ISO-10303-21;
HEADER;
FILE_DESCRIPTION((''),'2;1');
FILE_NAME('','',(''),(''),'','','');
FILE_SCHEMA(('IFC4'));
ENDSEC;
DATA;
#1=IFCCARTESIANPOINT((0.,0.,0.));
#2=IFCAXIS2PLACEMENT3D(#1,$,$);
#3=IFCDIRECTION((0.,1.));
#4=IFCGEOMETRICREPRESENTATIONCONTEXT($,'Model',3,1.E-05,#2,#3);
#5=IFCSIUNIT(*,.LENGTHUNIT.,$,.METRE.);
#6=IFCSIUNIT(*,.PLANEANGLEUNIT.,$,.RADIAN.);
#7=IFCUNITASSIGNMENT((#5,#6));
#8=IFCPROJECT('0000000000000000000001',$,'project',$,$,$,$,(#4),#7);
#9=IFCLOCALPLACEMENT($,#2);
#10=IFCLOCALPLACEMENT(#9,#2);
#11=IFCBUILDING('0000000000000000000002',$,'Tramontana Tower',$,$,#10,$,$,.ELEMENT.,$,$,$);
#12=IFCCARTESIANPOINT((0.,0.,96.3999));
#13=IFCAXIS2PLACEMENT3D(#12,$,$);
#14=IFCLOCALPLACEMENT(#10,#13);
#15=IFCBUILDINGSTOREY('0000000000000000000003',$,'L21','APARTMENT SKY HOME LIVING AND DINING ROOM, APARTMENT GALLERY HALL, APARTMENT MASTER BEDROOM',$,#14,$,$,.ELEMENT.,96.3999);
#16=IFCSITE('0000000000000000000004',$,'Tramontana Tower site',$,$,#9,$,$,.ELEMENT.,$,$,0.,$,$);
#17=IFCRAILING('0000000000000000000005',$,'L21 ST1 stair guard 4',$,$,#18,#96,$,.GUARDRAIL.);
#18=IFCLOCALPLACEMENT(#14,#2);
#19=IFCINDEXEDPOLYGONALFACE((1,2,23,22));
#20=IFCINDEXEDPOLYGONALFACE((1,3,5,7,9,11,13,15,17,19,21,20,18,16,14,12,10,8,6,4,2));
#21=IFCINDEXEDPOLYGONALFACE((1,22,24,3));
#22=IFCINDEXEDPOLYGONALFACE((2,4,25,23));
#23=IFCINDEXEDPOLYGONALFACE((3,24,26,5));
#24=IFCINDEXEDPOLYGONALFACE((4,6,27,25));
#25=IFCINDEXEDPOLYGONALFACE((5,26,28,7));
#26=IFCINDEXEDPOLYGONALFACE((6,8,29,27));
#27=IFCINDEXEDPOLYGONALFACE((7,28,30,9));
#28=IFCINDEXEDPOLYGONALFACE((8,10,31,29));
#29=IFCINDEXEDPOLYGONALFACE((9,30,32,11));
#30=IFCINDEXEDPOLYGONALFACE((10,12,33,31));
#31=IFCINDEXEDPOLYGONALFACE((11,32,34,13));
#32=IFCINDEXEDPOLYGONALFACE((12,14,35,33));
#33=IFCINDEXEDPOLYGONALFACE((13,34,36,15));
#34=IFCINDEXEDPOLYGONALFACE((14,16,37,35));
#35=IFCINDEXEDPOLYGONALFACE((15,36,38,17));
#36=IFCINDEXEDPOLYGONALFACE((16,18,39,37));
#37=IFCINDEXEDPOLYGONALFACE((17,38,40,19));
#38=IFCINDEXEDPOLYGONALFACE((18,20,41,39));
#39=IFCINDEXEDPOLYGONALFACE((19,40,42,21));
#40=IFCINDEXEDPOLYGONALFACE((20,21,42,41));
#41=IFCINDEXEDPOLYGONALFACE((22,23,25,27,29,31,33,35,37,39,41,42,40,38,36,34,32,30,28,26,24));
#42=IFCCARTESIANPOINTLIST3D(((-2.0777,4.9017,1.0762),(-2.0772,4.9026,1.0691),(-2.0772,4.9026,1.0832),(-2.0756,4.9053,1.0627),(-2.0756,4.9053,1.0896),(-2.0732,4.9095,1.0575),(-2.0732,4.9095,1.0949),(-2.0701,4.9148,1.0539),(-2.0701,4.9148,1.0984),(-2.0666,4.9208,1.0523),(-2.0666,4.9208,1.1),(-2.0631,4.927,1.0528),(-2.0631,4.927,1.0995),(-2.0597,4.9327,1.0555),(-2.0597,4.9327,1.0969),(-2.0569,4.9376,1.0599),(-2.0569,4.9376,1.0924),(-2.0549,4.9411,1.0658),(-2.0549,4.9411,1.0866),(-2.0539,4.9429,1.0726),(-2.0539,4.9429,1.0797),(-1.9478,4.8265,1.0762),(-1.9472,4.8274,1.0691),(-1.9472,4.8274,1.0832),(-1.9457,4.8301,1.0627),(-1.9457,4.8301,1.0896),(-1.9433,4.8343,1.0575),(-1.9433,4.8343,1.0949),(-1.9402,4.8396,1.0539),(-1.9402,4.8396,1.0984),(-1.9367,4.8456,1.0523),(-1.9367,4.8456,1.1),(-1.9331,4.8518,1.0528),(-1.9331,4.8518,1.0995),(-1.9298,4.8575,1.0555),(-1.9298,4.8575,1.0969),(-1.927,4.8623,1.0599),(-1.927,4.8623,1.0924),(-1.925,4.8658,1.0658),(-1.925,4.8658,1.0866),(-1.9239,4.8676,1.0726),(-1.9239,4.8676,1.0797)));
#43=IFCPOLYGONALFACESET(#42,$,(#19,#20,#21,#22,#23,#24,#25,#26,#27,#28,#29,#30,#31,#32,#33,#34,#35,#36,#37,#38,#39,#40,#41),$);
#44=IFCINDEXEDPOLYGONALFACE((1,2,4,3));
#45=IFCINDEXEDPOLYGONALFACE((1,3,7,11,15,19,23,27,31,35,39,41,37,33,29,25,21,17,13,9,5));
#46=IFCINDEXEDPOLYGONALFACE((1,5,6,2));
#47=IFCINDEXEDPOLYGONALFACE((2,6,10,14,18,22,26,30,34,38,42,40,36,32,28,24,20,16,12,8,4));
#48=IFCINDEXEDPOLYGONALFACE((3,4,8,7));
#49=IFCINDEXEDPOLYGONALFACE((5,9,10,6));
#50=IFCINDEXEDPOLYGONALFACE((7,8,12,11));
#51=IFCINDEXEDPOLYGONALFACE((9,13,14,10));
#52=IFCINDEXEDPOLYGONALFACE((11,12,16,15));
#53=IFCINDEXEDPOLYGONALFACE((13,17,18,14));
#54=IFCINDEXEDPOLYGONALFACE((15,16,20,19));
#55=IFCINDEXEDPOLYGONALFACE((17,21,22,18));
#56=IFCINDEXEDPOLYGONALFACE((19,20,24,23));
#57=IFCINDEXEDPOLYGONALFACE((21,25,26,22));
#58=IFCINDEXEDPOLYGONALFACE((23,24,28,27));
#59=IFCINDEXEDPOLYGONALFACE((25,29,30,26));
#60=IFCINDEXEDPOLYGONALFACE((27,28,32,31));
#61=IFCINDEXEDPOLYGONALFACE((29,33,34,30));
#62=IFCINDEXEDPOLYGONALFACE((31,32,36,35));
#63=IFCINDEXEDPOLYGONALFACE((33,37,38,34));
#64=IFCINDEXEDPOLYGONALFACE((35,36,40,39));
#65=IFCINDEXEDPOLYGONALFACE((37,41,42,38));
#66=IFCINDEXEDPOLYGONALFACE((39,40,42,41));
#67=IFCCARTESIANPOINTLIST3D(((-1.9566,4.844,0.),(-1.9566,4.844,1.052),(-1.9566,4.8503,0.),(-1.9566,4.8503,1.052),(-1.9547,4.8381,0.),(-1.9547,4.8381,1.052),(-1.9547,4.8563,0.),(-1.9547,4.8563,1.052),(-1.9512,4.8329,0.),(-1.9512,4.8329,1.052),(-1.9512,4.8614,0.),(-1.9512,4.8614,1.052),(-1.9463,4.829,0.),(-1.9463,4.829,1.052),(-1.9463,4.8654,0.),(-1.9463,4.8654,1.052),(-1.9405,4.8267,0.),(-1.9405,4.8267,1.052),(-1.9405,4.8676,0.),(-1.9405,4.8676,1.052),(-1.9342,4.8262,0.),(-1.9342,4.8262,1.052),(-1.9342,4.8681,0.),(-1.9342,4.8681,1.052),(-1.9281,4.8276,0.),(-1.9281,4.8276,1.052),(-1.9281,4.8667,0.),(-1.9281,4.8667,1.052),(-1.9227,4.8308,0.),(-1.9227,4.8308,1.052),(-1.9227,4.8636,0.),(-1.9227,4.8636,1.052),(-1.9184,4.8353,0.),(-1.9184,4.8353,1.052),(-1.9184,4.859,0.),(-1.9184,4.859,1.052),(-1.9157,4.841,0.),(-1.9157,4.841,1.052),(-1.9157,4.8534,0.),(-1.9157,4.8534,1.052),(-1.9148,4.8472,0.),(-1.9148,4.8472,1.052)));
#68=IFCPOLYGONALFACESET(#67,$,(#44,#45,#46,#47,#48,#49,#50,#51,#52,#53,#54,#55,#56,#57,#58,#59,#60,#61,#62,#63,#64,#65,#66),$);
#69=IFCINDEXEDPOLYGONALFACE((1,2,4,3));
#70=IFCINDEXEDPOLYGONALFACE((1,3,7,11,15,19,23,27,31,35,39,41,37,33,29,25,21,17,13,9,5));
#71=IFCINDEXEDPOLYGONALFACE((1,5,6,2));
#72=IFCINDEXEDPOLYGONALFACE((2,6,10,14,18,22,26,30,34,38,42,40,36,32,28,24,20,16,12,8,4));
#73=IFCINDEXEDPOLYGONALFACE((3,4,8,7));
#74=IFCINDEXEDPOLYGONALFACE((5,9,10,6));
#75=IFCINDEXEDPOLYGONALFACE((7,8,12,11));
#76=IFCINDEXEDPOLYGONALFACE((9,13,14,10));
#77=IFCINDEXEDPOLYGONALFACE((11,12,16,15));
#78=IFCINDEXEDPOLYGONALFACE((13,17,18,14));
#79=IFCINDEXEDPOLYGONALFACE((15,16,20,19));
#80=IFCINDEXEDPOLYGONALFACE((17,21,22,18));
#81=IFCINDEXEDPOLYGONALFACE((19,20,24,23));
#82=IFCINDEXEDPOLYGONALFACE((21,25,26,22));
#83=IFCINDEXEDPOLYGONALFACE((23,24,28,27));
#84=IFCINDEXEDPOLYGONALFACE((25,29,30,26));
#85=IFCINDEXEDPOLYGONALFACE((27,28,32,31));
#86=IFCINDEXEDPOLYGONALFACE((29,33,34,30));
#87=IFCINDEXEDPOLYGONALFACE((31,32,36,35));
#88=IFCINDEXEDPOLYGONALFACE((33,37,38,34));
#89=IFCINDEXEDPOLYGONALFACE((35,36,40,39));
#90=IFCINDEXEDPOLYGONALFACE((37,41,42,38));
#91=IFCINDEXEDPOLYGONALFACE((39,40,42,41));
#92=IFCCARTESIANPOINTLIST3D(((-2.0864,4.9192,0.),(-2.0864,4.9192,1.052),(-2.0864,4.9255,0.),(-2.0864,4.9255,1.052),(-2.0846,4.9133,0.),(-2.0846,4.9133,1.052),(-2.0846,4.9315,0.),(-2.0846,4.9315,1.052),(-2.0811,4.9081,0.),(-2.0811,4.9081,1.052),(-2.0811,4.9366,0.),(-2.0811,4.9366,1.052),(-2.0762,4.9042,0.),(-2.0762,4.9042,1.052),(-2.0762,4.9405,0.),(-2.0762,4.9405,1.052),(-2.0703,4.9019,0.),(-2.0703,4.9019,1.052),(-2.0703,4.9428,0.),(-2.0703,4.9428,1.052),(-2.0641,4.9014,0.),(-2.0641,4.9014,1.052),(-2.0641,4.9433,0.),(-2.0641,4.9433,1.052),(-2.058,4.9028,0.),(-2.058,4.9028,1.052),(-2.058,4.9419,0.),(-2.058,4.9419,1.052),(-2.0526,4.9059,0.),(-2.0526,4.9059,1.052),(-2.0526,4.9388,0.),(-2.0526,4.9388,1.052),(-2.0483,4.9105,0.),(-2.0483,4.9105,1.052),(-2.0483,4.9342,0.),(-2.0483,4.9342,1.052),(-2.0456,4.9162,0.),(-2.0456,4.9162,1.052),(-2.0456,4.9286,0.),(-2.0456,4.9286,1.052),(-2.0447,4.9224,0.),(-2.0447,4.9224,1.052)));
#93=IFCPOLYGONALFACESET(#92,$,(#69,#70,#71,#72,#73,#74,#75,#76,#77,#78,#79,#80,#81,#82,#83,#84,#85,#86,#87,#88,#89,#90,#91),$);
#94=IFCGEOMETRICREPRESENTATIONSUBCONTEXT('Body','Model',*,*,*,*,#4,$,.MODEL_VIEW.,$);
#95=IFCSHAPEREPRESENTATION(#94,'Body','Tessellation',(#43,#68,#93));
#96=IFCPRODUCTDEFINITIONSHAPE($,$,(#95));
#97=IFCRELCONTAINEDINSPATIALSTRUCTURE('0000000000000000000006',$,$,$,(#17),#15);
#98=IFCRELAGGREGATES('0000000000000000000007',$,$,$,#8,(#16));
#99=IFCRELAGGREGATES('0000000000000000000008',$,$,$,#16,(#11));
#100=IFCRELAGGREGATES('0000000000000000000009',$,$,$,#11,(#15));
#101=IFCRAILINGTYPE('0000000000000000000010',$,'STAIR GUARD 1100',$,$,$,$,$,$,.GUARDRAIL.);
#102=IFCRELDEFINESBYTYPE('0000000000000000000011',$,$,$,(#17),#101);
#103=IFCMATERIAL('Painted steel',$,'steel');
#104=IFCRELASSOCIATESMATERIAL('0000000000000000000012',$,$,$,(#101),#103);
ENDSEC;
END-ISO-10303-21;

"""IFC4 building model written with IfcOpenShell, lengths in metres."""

from ifc_helpers import new_model, si_unit, direction, frame, origin, origin_2d, place, context, subcontext, project, spatial, circle, extrude, material, type_object, element, save


model = new_model("IFC4")

# Units and contexts
model_context = context("Model", 3, precision=1e-05, world=origin(), true_north=direction((0.0, 1.0)))
body_context = subcontext(model_context, "Body", "Model", "MODEL_VIEW")
ifc_project = project(units=[si_unit("LENGTHUNIT", "METRE"), si_unit("PLANEANGLEUNIT", "RADIAN")], contexts=[model_context])

# Site, building, storey
site_placement = place(None, origin())
site = spatial("IfcSite", under=ifc_project, at=site_placement, Name="Tramontana Tower site", CompositionType="ELEMENT", RefElevation=0.0)
building_placement = place(site_placement, origin())
building = spatial("IfcBuilding", under=site, at=building_placement, Name="Tramontana Tower", CompositionType="ELEMENT")
storey_placement = place(building_placement, frame((0.0, 0.0, 96.3999)))
storey = spatial("IfcBuildingStorey", under=building, at=storey_placement, Name="L21", Description="APARTMENT SKY HOME LIVING AND DINING ROOM, APARTMENT GALLERY HALL, APARTMENT MASTER BEDROOM", CompositionType="ELEMENT", Elevation=96.3999)

# Railing
ifc_material_1 = material(Name="Painted steel", Category="steel")
railing_type_1 = type_object("IfcRailingType", Name="STAIR GUARD 1100", PredefinedType="GUARDRAIL", material=ifc_material_1)
railing_1_placement = place(storey_placement, frame((-1.9358, 4.8472, 0.0)))
element("IfcRailing", 1, at=railing_1_placement, inside=storey, type_object=railing_type_1, Name="L21 ST1 stair guard 4", PredefinedType="GUARDRAIL", context=body_context, shape_type="SweptSolid", body=[
    extrude(circle(Radius=0.0239, at=origin_2d()), frame((0.0, 0.0, 1.0762), z_axis=(-0.865426, 0.501036, 0.0), x_axis=(-0.501036, -0.865426, 0.0)), (0.0, 0.0, 1.0), 0.1501),
    extrude(circle(Radius=0.021, at=origin_2d()), origin(), (0.0, 0.0, 1.0), 1.052),
    extrude(circle(Radius=0.021, at=origin_2d()), frame((-0.1299, 0.0752, 0.0)), (0.0, 0.0, 1.0), 1.052),
])

save(model, "model.ifc")
